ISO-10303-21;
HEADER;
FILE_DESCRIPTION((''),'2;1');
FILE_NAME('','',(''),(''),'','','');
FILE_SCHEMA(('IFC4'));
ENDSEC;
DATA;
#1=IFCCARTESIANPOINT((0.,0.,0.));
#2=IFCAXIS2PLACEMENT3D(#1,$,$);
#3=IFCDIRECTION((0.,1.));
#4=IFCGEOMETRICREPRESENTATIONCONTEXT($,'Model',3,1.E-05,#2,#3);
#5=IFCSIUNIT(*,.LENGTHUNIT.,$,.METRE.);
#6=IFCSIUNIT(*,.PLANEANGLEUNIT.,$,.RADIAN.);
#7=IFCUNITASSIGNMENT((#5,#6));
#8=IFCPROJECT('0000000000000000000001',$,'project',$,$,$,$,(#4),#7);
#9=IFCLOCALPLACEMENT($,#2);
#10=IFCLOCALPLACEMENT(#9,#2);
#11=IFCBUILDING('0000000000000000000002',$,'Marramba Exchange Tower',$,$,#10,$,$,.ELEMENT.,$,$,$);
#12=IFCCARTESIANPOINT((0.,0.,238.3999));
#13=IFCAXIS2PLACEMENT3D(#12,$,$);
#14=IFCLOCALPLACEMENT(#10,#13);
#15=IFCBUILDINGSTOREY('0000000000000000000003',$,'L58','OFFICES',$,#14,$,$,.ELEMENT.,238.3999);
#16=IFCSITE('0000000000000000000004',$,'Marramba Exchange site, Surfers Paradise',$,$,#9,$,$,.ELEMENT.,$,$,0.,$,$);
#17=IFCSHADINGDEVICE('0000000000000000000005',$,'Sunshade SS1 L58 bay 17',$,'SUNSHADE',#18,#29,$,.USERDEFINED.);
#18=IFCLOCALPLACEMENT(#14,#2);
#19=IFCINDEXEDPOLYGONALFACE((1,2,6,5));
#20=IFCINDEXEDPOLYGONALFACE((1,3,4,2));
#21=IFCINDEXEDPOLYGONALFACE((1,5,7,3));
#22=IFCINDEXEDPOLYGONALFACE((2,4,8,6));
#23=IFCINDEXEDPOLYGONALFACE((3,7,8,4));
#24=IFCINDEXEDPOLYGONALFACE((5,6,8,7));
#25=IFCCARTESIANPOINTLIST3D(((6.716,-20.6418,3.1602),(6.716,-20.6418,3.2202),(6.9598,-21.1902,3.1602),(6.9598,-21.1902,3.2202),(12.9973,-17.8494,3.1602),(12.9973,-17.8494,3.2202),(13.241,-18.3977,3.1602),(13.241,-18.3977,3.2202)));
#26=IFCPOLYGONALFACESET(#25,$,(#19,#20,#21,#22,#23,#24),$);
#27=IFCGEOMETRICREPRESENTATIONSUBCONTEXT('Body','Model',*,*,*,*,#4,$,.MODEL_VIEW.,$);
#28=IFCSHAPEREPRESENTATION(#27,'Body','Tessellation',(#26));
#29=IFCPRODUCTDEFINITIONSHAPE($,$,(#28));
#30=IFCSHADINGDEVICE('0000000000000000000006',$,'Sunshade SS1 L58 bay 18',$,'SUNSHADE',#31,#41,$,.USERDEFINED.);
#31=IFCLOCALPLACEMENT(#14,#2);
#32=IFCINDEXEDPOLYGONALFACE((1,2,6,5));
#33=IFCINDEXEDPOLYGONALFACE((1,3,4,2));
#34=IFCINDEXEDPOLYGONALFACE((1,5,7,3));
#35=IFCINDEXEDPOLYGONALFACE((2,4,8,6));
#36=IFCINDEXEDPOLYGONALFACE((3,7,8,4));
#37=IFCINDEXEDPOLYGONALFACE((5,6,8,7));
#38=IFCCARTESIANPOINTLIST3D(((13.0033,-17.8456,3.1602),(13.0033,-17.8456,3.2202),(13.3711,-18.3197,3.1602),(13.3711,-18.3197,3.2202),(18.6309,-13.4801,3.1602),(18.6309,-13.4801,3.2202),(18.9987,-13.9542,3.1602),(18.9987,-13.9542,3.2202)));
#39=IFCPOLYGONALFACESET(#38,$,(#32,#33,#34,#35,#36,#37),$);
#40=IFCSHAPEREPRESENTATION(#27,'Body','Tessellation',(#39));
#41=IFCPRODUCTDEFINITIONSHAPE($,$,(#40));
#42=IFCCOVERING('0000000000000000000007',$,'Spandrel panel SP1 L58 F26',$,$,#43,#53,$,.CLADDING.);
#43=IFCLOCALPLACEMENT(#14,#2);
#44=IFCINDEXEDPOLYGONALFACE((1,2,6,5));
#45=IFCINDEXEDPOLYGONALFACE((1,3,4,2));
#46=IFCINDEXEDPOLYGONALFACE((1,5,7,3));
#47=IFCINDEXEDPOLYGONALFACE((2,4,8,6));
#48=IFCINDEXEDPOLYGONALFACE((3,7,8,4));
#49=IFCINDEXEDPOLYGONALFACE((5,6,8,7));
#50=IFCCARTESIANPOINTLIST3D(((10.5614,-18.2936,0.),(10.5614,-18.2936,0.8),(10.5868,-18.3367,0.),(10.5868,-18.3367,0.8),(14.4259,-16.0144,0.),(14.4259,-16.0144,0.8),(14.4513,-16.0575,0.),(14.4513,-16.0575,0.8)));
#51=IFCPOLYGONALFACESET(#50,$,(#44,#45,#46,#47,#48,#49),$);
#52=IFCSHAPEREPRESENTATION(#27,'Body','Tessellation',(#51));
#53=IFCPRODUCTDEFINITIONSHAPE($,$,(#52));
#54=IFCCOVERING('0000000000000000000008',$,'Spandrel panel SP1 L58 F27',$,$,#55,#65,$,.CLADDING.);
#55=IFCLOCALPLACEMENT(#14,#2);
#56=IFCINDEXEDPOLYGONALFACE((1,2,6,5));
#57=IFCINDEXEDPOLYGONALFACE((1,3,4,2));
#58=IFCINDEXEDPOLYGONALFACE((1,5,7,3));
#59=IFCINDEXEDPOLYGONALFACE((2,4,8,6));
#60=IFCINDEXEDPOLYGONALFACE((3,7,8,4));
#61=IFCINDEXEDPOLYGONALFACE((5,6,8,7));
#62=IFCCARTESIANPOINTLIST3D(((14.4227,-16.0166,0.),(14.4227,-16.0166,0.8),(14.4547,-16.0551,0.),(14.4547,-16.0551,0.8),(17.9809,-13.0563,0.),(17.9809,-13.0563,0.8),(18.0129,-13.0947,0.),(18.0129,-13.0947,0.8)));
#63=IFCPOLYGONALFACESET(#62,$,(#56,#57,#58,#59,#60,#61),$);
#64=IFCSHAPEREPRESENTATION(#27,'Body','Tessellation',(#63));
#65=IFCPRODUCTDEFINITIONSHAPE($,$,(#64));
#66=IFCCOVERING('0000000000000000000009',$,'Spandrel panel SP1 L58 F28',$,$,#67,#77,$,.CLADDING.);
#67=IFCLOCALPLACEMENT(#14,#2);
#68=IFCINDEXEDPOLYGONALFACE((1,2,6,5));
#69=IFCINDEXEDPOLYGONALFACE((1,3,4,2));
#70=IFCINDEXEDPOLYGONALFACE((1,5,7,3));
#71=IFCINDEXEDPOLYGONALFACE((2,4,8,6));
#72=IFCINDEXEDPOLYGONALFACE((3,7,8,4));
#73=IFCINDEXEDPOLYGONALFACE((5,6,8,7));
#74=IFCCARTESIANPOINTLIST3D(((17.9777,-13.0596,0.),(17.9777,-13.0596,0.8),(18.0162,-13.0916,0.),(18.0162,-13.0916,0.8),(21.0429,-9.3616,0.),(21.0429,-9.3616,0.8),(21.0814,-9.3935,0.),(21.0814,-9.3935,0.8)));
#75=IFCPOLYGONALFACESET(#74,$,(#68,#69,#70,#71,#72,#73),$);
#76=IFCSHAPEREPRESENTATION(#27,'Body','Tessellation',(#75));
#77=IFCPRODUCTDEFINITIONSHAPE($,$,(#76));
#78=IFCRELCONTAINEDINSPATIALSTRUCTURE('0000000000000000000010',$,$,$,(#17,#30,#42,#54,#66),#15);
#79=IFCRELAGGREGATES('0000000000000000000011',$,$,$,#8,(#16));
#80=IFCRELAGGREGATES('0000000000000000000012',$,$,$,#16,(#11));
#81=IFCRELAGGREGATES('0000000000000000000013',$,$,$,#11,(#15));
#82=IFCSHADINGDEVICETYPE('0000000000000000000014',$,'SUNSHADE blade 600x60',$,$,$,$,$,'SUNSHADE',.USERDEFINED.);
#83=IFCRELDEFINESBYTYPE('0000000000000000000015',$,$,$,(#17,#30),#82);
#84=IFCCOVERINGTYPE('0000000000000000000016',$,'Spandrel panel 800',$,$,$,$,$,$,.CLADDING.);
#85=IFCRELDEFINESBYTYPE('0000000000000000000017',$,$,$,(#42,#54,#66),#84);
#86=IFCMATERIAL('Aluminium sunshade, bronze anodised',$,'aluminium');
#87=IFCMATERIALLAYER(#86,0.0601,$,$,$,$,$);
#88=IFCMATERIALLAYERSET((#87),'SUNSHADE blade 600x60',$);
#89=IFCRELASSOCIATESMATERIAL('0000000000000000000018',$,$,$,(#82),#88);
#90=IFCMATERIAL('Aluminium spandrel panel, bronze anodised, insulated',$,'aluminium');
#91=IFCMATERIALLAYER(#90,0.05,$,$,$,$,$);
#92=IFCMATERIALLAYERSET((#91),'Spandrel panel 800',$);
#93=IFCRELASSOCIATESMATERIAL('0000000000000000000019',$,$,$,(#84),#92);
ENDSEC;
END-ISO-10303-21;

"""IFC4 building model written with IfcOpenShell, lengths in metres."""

from ifc_helpers import new_model, si_unit, direction, frame, origin, origin_2d, place, context, subcontext, project, spatial, rectangle, extrude, material, layer, layer_set, type_object, element, save


model = new_model("IFC4")

# Units and contexts
model_context = context("Model", 3, precision=1e-05, world=origin(), true_north=direction((0.0, 1.0)))
body_context = subcontext(model_context, "Body", "Model", "MODEL_VIEW")
ifc_project = project(units=[si_unit("LENGTHUNIT", "METRE"), si_unit("PLANEANGLEUNIT", "RADIAN")], contexts=[model_context])

# Site, building, storey
site_placement = place(None, origin())
site = spatial("IfcSite", under=ifc_project, at=site_placement, Name="Marramba Exchange site, Surfers Paradise", CompositionType="ELEMENT", RefElevation=0.0)
building_placement = place(site_placement, origin())
building = spatial("IfcBuilding", under=site, at=building_placement, Name="Marramba Exchange Tower", CompositionType="ELEMENT")
storey_placement = place(building_placement, frame((0.0, 0.0, 238.3999)))
storey = spatial("IfcBuildingStorey", under=building, at=storey_placement, Name="L58", Description="OFFICES", CompositionType="ELEMENT", Elevation=238.3999)

# Shading devices
ifc_material_1 = material(Name="Aluminium sunshade, bronze anodised", Category="aluminium")
ifc_layer_1 = layer(ifc_material_1, 0.0601)
ifc_layer_set_1 = layer_set([ifc_layer_1], Name="SUNSHADE blade 600x60")
shading_device_type_1 = type_object("IfcShadingDeviceType", Name="SUNSHADE blade 600x60", ElementType="SUNSHADE", PredefinedType="USERDEFINED", material=ifc_layer_set_1)
shading_device_1_placement = place(storey_placement, frame((9.9785, -19.5198, 3.1602), z_axis=(0.0, 0.0, 1.0), x_axis=(0.913772, 0.406228, 0.0)))
element("IfcShadingDevice", 1, at=shading_device_1_placement, inside=storey, type_object=shading_device_type_1, Name="Sunshade SS1 L58 bay 17", ObjectType="SUNSHADE", PredefinedType="USERDEFINED", context=body_context, shape_type="SweptSolid", body=[
    extrude(rectangle(XDim=6.874, YDim=0.6001, at=origin_2d()), origin(), (0.0, 0.0, 1.0), 0.0601),
])
shading_device_2_placement = place(storey_placement, frame((16.001, -15.8999, 3.1602), z_axis=(0.0, 0.0, 1.0), x_axis=(0.790133, 0.612935, 0.0)))
element("IfcShadingDevice", 2, at=shading_device_2_placement, inside=storey, type_object=shading_device_type_1, Name="Sunshade SS1 L58 bay 18", ObjectType="SUNSHADE", PredefinedType="USERDEFINED", context=body_context, shape_type="SweptSolid", body=[
    extrude(rectangle(XDim=7.1223, YDim=0.6001, at=origin_2d()), origin(), (0.0, 0.0, 1.0), 0.0601),
])

# Coverings
ifc_material_2 = material(Name="Aluminium spandrel panel, bronze anodised, insulated", Category="aluminium")
ifc_layer_2 = layer(ifc_material_2, 0.05)
ifc_layer_set_2 = layer_set([ifc_layer_2], Name="Spandrel panel 800")
covering_type = type_object("IfcCoveringType", Name="Spandrel panel 800", PredefinedType="CLADDING", material=ifc_layer_set_2)
covering_1_placement = place(storey_placement, frame((12.5063, -17.1755, 0.0), z_axis=(0.0, 0.0, 1.0), x_axis=(0.861351, 0.508011, 0.0)))
element("IfcCovering", 3, at=covering_1_placement, inside=storey, type_object=covering_type, Name="Spandrel panel SP1 L58 F26", PredefinedType="CLADDING", context=body_context, shape_type="SweptSolid", body=[
    extrude(rectangle(XDim=4.4866, YDim=0.05, at=origin_2d()), origin(), (0.0, 0.0, 1.0), 0.8),
])
covering_2_placement = place(storey_placement, frame((16.2178, -14.5557, 0.0), z_axis=(0.0, 0.0, 1.0), x_axis=(0.768737, 0.639565, 0.0)))
element("IfcCovering", 4, at=covering_2_placement, inside=storey, type_object=covering_type, Name="Spandrel panel SP1 L58 F27", PredefinedType="CLADDING", context=body_context, shape_type="SweptSolid", body=[
    extrude(rectangle(XDim=4.6287, YDim=0.05, at=origin_2d()), origin(), (0.0, 0.0, 1.0), 0.8),
])
covering_3_placement = place(storey_placement, frame((19.5295, -11.2266, 0.0), z_axis=(0.0, 0.0, 1.0), x_axis=(0.63815, 0.769912, 0.0)))
element("IfcCovering", 5, at=covering_3_placement, inside=storey, type_object=covering_type, Name="Spandrel panel SP1 L58 F28", PredefinedType="CLADDING", context=body_context, shape_type="SweptSolid", body=[
    extrude(rectangle(XDim=4.8032, YDim=0.05, at=origin_2d()), origin(), (0.0, 0.0, 1.0), 0.8),
])

save(model, "model.ifc")
